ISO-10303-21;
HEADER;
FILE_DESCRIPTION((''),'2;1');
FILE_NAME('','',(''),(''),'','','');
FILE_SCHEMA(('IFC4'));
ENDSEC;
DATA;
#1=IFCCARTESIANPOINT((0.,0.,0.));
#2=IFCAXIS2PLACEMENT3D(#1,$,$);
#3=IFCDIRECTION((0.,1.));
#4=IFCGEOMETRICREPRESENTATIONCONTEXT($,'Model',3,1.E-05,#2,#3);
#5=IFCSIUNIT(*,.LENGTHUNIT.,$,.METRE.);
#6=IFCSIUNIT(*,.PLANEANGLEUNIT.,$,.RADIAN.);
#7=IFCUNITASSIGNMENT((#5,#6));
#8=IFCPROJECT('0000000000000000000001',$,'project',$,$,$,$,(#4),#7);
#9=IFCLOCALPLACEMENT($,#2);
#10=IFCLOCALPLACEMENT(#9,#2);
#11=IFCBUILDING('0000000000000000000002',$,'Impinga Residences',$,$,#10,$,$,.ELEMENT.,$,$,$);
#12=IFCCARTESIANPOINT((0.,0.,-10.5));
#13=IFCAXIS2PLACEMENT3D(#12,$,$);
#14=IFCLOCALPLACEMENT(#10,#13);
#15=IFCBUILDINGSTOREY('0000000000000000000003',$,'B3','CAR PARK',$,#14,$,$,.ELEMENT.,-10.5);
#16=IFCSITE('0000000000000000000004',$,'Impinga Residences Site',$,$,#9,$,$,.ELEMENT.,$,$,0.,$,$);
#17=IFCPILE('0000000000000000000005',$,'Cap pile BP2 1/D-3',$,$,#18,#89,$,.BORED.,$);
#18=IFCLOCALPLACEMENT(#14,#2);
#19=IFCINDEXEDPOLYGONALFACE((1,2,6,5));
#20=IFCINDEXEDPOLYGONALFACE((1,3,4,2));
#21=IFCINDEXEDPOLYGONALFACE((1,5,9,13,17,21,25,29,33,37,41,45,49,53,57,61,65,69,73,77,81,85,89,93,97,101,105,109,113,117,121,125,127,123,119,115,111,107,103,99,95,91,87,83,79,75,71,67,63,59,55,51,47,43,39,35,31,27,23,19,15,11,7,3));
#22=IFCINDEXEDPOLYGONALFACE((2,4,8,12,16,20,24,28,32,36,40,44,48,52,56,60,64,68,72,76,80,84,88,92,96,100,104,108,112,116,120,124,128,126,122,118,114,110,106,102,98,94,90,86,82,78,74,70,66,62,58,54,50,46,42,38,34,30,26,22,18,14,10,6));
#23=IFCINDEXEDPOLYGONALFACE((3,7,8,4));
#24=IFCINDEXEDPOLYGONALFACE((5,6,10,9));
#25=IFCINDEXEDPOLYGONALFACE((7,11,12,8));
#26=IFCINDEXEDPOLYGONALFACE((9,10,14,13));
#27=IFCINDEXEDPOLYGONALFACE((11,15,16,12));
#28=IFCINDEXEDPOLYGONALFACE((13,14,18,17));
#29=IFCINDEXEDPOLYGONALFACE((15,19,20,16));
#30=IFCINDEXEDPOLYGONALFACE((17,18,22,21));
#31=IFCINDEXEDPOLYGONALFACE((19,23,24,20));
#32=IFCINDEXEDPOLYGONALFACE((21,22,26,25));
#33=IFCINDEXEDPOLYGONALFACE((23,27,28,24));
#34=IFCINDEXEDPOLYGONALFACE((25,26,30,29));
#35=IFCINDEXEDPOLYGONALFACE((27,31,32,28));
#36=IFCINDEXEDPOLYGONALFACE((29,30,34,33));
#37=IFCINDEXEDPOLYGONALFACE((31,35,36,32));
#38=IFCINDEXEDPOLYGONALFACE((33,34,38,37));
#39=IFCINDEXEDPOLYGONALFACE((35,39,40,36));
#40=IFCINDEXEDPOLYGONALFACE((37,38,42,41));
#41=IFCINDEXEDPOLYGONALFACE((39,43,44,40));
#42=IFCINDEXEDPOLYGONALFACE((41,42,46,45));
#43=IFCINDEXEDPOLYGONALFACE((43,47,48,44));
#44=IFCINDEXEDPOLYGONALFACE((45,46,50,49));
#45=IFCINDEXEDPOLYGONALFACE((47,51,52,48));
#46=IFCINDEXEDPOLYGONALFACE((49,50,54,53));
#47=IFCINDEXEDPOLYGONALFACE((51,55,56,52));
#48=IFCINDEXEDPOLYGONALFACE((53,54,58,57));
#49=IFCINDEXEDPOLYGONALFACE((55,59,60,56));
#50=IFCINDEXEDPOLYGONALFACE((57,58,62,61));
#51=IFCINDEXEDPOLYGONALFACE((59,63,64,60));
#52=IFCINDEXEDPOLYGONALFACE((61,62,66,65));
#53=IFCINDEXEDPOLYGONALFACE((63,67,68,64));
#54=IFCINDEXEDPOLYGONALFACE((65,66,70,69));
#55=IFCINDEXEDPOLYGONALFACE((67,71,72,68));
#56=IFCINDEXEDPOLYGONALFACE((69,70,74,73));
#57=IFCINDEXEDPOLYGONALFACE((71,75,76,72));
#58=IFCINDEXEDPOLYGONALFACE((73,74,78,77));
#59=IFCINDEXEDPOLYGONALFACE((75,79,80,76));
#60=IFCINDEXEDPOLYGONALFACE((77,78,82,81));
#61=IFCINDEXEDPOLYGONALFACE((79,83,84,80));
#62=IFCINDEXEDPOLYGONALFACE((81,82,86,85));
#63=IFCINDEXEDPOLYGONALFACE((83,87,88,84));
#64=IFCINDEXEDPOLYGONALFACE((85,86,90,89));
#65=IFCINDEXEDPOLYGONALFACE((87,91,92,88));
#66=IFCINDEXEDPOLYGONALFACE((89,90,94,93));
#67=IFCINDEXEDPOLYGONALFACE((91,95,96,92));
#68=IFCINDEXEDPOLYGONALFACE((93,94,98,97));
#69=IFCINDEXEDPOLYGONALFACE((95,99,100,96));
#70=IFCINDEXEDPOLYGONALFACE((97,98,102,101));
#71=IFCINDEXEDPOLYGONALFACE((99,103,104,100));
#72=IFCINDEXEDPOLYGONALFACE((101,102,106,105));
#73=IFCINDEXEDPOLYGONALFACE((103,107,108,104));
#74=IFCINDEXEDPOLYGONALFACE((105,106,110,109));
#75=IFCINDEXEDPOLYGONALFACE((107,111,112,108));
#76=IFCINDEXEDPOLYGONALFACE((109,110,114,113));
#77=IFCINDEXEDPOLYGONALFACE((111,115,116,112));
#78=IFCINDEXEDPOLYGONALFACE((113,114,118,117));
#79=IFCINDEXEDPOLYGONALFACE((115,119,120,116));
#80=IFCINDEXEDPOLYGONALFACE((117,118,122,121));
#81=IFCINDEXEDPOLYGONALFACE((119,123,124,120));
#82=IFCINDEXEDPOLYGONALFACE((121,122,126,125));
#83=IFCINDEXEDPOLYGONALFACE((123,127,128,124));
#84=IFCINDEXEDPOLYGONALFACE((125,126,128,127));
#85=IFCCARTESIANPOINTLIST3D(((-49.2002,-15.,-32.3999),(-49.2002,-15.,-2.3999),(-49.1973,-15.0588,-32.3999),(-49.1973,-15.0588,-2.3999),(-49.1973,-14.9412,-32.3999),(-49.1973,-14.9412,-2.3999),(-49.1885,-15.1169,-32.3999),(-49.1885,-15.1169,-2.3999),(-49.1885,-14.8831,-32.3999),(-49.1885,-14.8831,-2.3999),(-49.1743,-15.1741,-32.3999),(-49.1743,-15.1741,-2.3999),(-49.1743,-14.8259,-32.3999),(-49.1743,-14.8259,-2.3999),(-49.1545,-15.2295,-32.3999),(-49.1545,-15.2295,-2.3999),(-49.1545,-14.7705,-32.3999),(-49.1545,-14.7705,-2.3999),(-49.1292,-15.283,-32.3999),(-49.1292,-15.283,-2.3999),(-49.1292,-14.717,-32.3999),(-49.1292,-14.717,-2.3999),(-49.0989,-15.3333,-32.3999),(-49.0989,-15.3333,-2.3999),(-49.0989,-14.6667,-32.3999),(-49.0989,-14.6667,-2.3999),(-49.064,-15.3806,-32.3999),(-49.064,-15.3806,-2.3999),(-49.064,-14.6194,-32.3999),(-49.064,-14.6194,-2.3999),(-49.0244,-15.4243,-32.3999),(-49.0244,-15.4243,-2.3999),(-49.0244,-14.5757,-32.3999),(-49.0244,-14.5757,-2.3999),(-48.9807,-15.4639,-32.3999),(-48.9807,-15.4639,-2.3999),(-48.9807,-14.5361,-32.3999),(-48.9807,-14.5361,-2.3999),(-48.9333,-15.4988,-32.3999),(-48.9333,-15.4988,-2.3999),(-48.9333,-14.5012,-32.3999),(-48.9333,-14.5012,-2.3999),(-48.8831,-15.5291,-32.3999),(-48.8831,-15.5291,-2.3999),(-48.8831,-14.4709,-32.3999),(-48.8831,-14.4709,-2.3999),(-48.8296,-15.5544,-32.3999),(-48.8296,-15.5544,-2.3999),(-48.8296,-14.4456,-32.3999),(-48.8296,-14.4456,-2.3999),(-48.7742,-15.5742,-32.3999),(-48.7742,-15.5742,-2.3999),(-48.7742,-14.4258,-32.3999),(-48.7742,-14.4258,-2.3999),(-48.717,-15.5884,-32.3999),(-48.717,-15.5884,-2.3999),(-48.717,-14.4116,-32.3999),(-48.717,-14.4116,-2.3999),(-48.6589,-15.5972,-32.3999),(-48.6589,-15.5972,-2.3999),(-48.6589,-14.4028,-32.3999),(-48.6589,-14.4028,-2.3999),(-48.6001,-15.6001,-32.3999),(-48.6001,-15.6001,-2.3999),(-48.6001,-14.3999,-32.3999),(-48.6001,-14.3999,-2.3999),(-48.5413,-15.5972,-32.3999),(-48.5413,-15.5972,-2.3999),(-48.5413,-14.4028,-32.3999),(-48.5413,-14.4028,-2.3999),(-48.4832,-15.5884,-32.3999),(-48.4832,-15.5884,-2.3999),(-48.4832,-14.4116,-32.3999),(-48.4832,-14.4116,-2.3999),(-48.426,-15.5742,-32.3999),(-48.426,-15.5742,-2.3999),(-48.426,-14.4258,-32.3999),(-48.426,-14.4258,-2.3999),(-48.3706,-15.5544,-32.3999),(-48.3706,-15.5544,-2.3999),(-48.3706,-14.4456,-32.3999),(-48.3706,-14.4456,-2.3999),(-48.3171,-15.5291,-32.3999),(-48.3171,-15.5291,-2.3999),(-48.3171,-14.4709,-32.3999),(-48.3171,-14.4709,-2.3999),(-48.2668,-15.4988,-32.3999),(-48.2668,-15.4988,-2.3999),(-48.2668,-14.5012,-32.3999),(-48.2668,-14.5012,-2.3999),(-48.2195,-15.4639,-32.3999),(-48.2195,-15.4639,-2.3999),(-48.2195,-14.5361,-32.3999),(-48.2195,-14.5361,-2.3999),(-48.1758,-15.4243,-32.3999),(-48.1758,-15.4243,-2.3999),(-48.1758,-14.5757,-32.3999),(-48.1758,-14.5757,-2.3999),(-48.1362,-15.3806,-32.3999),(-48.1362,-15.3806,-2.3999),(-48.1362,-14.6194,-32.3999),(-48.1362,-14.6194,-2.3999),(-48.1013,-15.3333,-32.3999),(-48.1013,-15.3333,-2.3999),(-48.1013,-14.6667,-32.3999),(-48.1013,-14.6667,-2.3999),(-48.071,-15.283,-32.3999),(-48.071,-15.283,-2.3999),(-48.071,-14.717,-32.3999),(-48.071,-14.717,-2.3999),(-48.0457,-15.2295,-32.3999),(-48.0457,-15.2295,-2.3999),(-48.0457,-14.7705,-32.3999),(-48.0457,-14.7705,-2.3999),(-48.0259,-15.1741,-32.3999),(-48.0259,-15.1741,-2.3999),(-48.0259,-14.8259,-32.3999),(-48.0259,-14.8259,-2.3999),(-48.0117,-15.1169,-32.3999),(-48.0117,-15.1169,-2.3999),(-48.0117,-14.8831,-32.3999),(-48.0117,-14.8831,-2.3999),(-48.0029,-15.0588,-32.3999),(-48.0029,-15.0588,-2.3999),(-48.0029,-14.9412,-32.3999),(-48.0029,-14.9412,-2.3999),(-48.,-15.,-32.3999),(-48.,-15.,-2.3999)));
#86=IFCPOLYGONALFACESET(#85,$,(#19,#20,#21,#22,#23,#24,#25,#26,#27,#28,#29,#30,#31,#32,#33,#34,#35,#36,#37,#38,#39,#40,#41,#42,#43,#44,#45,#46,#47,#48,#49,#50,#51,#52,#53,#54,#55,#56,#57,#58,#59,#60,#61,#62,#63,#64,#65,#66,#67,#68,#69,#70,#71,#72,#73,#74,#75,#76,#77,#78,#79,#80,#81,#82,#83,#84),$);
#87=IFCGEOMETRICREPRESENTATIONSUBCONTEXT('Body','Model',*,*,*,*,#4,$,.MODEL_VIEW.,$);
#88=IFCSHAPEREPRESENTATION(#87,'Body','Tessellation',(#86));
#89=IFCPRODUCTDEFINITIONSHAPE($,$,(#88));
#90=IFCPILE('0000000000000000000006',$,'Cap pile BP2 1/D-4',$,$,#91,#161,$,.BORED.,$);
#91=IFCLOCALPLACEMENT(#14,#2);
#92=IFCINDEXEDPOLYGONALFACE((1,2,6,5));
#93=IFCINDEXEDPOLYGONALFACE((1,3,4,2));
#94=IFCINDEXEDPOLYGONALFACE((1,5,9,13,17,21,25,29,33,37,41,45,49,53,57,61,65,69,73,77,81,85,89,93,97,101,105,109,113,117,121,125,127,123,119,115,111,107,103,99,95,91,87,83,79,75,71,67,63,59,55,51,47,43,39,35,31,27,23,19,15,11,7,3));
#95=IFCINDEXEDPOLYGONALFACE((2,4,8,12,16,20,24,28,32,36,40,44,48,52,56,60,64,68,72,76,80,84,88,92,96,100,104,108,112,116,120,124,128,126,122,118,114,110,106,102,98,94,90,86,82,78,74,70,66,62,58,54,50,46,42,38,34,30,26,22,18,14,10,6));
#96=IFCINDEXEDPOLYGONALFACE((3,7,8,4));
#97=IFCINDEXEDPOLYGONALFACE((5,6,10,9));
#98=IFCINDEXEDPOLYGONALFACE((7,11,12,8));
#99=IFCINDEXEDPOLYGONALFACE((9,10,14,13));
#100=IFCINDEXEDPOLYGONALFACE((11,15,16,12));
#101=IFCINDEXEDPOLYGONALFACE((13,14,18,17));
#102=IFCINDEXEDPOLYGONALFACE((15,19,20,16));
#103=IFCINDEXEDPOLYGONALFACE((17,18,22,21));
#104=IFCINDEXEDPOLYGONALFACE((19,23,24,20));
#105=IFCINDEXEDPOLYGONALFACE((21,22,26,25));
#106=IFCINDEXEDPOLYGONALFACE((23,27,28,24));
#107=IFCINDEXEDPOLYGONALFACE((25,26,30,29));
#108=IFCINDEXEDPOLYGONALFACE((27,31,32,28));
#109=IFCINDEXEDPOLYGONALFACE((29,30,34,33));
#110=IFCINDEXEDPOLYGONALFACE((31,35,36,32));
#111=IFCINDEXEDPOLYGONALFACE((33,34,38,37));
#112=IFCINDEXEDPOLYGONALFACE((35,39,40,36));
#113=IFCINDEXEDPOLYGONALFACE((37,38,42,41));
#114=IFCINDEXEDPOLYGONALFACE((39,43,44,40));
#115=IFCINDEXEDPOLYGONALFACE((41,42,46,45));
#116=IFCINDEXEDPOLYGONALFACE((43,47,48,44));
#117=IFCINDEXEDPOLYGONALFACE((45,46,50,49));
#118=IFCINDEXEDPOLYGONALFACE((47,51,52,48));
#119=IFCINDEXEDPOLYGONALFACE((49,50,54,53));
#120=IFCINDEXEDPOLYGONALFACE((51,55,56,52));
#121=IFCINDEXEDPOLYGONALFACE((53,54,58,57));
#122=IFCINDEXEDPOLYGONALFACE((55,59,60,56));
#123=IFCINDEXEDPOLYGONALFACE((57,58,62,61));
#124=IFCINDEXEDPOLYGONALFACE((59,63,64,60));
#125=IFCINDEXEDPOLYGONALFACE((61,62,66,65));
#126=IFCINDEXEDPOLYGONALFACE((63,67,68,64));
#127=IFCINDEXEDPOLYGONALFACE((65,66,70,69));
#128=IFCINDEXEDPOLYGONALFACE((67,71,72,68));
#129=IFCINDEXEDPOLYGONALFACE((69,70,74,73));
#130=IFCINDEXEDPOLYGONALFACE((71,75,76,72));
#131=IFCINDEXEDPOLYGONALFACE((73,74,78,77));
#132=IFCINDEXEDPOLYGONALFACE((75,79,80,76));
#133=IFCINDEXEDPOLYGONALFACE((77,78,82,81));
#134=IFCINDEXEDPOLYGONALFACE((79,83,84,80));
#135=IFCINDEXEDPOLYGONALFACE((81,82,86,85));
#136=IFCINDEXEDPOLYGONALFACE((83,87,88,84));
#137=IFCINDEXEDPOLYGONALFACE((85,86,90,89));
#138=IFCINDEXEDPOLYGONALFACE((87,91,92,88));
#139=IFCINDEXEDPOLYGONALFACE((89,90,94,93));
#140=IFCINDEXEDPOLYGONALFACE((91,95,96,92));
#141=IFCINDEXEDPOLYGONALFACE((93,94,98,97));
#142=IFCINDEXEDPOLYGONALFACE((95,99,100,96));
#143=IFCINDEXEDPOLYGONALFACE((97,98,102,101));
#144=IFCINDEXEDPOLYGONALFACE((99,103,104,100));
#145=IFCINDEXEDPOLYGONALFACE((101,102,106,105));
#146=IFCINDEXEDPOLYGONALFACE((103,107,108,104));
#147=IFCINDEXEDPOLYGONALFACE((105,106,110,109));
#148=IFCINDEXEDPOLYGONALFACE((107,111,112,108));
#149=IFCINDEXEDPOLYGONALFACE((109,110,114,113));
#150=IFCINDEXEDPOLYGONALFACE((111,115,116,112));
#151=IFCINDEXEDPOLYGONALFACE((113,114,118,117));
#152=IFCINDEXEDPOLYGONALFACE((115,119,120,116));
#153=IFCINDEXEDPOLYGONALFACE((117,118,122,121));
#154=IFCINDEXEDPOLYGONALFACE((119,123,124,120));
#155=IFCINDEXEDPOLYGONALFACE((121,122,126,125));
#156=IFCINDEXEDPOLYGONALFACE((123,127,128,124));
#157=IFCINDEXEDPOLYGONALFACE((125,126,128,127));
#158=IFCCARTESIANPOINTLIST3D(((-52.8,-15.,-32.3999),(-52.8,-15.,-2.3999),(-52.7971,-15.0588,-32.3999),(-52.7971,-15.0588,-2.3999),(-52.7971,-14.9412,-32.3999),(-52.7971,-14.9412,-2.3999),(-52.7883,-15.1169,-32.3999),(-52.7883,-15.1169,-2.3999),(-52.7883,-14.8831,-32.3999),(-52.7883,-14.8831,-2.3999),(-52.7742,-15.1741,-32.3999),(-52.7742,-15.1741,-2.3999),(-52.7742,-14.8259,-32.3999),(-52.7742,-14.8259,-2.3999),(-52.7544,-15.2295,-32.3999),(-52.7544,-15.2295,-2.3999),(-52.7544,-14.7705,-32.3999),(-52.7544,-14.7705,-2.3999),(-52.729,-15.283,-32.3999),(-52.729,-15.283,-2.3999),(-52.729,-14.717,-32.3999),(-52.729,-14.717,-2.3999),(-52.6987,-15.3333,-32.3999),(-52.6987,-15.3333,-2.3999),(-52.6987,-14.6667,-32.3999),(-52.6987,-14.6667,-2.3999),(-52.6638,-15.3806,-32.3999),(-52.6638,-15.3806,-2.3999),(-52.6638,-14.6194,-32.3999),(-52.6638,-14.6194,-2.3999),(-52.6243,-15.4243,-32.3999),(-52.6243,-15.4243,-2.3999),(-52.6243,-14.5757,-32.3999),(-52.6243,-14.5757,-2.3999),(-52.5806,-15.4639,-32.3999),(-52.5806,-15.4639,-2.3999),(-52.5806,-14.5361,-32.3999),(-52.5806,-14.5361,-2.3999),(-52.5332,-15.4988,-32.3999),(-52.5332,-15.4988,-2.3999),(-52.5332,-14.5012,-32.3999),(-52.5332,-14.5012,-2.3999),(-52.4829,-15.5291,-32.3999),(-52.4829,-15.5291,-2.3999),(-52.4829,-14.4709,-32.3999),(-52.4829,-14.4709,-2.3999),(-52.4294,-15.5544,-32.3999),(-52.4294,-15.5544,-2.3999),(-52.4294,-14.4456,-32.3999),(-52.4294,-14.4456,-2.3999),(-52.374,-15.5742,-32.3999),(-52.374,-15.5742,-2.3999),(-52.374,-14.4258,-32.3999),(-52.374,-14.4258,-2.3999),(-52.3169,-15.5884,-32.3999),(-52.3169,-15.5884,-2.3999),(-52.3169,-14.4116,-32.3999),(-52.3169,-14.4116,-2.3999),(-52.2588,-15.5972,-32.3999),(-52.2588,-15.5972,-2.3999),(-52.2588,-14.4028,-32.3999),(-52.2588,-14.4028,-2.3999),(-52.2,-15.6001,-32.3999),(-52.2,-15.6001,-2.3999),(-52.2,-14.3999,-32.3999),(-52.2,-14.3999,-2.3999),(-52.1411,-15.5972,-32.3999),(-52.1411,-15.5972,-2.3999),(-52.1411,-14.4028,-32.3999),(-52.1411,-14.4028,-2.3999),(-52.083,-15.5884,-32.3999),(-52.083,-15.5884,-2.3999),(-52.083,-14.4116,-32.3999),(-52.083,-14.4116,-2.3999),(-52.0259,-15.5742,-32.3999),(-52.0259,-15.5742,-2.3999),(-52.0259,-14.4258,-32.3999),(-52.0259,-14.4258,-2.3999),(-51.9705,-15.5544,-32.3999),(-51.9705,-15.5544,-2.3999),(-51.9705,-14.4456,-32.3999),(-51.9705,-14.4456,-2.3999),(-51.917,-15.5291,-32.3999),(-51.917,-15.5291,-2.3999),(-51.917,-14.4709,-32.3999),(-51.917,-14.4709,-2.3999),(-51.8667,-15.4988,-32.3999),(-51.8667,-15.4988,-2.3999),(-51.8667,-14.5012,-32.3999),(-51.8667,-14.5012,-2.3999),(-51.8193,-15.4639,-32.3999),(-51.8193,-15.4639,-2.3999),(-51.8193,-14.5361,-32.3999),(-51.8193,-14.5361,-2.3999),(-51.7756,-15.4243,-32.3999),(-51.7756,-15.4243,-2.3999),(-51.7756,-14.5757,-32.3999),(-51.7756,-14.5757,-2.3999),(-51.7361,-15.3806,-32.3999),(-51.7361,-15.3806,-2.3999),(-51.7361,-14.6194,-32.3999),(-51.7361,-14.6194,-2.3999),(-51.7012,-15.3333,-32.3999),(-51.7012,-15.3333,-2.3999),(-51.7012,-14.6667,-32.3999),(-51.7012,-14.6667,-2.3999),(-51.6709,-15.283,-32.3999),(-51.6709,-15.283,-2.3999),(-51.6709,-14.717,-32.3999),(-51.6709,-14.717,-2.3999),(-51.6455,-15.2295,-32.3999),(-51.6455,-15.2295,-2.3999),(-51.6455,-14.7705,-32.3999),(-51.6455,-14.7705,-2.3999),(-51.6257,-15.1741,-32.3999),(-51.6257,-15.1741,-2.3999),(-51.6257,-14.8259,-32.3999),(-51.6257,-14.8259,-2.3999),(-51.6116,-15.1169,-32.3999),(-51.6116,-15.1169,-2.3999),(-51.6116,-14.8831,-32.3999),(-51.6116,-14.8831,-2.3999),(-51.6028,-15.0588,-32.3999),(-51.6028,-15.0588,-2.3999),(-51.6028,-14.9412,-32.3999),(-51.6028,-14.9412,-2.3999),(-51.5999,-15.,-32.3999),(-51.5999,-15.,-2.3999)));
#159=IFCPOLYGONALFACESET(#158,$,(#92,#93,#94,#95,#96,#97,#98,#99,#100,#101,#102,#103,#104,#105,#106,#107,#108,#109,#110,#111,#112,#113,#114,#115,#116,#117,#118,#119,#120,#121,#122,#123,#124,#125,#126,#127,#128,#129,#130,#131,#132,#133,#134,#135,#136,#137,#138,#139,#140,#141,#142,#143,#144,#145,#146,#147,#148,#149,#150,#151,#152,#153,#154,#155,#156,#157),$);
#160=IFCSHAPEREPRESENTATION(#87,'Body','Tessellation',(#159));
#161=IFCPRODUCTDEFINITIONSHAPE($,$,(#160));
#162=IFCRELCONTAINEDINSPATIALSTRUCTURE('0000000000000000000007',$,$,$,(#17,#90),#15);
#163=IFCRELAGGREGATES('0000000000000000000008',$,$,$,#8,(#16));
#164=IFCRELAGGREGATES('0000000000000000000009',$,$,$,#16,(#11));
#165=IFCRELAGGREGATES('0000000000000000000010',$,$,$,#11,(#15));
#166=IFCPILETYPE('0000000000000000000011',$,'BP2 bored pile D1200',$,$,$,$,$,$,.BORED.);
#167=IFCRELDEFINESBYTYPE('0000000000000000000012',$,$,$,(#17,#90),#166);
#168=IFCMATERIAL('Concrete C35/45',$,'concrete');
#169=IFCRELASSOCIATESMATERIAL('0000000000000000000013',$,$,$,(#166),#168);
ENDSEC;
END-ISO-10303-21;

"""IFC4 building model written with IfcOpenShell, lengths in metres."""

from ifc_helpers import new_model, si_unit, direction, frame, origin, origin_2d, place, context, subcontext, project, spatial, polyline, circle, outline, extrude, material, material_profile, profile_set, type_object, element, save


model = new_model("IFC4")

# Units and contexts
model_context = context("Model", 3, precision=1e-05, world=origin(), true_north=direction((0.0, 1.0)))
body_context = subcontext(model_context, "Body", "Model", "MODEL_VIEW")
ifc_project = project(units=[si_unit("LENGTHUNIT", "METRE"), si_unit("PLANEANGLEUNIT", "RADIAN")], contexts=[model_context])

# Site, building, storey
site_placement = place(None, origin())
site = spatial("IfcSite", under=ifc_project, at=site_placement, Name="Impinga Residences Site", CompositionType="ELEMENT", RefElevation=0.0)
building_placement = place(site_placement, origin())
building = spatial("IfcBuilding", under=site, at=building_placement, Name="Impinga Residences", CompositionType="ELEMENT")
storey_placement = place(building_placement, frame((0.0, 0.0, -10.5)))
storey = spatial("IfcBuildingStorey", under=building, at=storey_placement, Name="B3", Description="CAR PARK", CompositionType="ELEMENT", Elevation=-10.5)

# Piles
ifc_material_1 = material(Name="Concrete C35/45", Category="concrete")
ifc_material_profile_1 = material_profile(ifc_material_1, circle(Radius=0.6001, at=origin_2d()), Name="D1200")
ifc_profile_set_1 = profile_set([ifc_material_profile_1], Name="Concrete C35/45")
pile_type_1 = type_object("IfcPileType", Name="BP2 bored pile D1200", PredefinedType="BORED", material=ifc_profile_set_1)
pile_1_placement = place(storey_placement, frame((-48.6001, -15.0, -2.3999), z_axis=(0.0, 0.0, -1.0), x_axis=(1.0, 0.0, 0.0)))
element("IfcPile", 1, at=pile_1_placement, inside=storey, type_object=pile_type_1, Name="Cap pile BP2 1/D-3", PredefinedType="BORED", context=body_context, shape_type="SweptSolid", body=[
    extrude(outline(polyline([(0.6001, 0.0), (0.5972, 0.0588), (0.5884, 0.1169), (0.5742, 0.1741), (0.5544, 0.2295), (0.5291, 0.283), (0.4988, 0.3333), (0.4639, 0.3806), (0.4243, 0.4243), (0.3806, 0.4639), (0.3333, 0.4988), (0.283, 0.5291), (0.2295, 0.5544), (0.1741, 0.5742), (0.1169, 0.5884), (0.0588, 0.5972), (0.0, 0.6001), (-0.0588, 0.5972), (-0.1169, 0.5884), (-0.1741, 0.5742), (-0.2295, 0.5544), (-0.283, 0.5291), (-0.3333, 0.4988), (-0.3806, 0.4639), (-0.4243, 0.4243), (-0.4639, 0.3806), (-0.4988, 0.3333), (-0.5291, 0.283), (-0.5544, 0.2295), (-0.5742, 0.1741), (-0.5884, 0.1169), (-0.5972, 0.0588), (-0.6001, 0.0), (-0.5972, -0.0588), (-0.5884, -0.1169), (-0.5742, -0.1741), (-0.5544, -0.2295), (-0.5291, -0.283), (-0.4988, -0.3333), (-0.4639, -0.3806), (-0.4243, -0.4243), (-0.3806, -0.4639), (-0.3333, -0.4988), (-0.283, -0.5291), (-0.2295, -0.5544), (-0.1741, -0.5742), (-0.1169, -0.5884), (-0.0588, -0.5972), (0.0, -0.6001), (0.0588, -0.5972), (0.1169, -0.5884), (0.1741, -0.5742), (0.2295, -0.5544), (0.283, -0.5291), (0.3333, -0.4988), (0.3806, -0.4639), (0.4243, -0.4243), (0.4639, -0.3806), (0.4988, -0.3333), (0.5291, -0.283), (0.5544, -0.2295), (0.5742, -0.1741), (0.5884, -0.1169), (0.5972, -0.0588), (0.6001, 0.0)])), origin(), (0.0, 0.0, 1.0), 30.0),
])
pile_2_placement = place(storey_placement, frame((-52.2, -15.0, -2.3999), z_axis=(0.0, 0.0, -1.0), x_axis=(1.0, 0.0, 0.0)))
element("IfcPile", 2, at=pile_2_placement, inside=storey, type_object=pile_type_1, Name="Cap pile BP2 1/D-4", PredefinedType="BORED", context=body_context, shape_type="SweptSolid", body=[
    extrude(outline(polyline([(0.6001, 0.0), (0.5972, 0.0588), (0.5884, 0.1169), (0.5742, 0.1741), (0.5544, 0.2295), (0.5291, 0.283), (0.4988, 0.3333), (0.4639, 0.3806), (0.4243, 0.4243), (0.3806, 0.4639), (0.3333, 0.4988), (0.283, 0.5291), (0.2295, 0.5544), (0.1741, 0.5742), (0.1169, 0.5884), (0.0588, 0.5972), (0.0, 0.6001), (-0.0588, 0.5972), (-0.1169, 0.5884), (-0.1741, 0.5742), (-0.2295, 0.5544), (-0.283, 0.5291), (-0.3333, 0.4988), (-0.3806, 0.4639), (-0.4243, 0.4243), (-0.4639, 0.3806), (-0.4988, 0.3333), (-0.5291, 0.283), (-0.5544, 0.2295), (-0.5742, 0.1741), (-0.5884, 0.1169), (-0.5972, 0.0588), (-0.6001, 0.0), (-0.5972, -0.0588), (-0.5884, -0.1169), (-0.5742, -0.1741), (-0.5544, -0.2295), (-0.5291, -0.283), (-0.4988, -0.3333), (-0.4639, -0.3806), (-0.4243, -0.4243), (-0.3806, -0.4639), (-0.3333, -0.4988), (-0.283, -0.5291), (-0.2295, -0.5544), (-0.1741, -0.5742), (-0.1169, -0.5884), (-0.0588, -0.5972), (0.0, -0.6001), (0.0588, -0.5972), (0.1169, -0.5884), (0.1741, -0.5742), (0.2295, -0.5544), (0.283, -0.5291), (0.3333, -0.4988), (0.3806, -0.4639), (0.4243, -0.4243), (0.4639, -0.3806), (0.4988, -0.3333), (0.5291, -0.283), (0.5544, -0.2295), (0.5742, -0.1741), (0.5884, -0.1169), (0.5972, -0.0588), (0.6001, 0.0)])), origin(), (0.0, 0.0, 1.0), 30.0),
])

save(model, "model.ifc")
